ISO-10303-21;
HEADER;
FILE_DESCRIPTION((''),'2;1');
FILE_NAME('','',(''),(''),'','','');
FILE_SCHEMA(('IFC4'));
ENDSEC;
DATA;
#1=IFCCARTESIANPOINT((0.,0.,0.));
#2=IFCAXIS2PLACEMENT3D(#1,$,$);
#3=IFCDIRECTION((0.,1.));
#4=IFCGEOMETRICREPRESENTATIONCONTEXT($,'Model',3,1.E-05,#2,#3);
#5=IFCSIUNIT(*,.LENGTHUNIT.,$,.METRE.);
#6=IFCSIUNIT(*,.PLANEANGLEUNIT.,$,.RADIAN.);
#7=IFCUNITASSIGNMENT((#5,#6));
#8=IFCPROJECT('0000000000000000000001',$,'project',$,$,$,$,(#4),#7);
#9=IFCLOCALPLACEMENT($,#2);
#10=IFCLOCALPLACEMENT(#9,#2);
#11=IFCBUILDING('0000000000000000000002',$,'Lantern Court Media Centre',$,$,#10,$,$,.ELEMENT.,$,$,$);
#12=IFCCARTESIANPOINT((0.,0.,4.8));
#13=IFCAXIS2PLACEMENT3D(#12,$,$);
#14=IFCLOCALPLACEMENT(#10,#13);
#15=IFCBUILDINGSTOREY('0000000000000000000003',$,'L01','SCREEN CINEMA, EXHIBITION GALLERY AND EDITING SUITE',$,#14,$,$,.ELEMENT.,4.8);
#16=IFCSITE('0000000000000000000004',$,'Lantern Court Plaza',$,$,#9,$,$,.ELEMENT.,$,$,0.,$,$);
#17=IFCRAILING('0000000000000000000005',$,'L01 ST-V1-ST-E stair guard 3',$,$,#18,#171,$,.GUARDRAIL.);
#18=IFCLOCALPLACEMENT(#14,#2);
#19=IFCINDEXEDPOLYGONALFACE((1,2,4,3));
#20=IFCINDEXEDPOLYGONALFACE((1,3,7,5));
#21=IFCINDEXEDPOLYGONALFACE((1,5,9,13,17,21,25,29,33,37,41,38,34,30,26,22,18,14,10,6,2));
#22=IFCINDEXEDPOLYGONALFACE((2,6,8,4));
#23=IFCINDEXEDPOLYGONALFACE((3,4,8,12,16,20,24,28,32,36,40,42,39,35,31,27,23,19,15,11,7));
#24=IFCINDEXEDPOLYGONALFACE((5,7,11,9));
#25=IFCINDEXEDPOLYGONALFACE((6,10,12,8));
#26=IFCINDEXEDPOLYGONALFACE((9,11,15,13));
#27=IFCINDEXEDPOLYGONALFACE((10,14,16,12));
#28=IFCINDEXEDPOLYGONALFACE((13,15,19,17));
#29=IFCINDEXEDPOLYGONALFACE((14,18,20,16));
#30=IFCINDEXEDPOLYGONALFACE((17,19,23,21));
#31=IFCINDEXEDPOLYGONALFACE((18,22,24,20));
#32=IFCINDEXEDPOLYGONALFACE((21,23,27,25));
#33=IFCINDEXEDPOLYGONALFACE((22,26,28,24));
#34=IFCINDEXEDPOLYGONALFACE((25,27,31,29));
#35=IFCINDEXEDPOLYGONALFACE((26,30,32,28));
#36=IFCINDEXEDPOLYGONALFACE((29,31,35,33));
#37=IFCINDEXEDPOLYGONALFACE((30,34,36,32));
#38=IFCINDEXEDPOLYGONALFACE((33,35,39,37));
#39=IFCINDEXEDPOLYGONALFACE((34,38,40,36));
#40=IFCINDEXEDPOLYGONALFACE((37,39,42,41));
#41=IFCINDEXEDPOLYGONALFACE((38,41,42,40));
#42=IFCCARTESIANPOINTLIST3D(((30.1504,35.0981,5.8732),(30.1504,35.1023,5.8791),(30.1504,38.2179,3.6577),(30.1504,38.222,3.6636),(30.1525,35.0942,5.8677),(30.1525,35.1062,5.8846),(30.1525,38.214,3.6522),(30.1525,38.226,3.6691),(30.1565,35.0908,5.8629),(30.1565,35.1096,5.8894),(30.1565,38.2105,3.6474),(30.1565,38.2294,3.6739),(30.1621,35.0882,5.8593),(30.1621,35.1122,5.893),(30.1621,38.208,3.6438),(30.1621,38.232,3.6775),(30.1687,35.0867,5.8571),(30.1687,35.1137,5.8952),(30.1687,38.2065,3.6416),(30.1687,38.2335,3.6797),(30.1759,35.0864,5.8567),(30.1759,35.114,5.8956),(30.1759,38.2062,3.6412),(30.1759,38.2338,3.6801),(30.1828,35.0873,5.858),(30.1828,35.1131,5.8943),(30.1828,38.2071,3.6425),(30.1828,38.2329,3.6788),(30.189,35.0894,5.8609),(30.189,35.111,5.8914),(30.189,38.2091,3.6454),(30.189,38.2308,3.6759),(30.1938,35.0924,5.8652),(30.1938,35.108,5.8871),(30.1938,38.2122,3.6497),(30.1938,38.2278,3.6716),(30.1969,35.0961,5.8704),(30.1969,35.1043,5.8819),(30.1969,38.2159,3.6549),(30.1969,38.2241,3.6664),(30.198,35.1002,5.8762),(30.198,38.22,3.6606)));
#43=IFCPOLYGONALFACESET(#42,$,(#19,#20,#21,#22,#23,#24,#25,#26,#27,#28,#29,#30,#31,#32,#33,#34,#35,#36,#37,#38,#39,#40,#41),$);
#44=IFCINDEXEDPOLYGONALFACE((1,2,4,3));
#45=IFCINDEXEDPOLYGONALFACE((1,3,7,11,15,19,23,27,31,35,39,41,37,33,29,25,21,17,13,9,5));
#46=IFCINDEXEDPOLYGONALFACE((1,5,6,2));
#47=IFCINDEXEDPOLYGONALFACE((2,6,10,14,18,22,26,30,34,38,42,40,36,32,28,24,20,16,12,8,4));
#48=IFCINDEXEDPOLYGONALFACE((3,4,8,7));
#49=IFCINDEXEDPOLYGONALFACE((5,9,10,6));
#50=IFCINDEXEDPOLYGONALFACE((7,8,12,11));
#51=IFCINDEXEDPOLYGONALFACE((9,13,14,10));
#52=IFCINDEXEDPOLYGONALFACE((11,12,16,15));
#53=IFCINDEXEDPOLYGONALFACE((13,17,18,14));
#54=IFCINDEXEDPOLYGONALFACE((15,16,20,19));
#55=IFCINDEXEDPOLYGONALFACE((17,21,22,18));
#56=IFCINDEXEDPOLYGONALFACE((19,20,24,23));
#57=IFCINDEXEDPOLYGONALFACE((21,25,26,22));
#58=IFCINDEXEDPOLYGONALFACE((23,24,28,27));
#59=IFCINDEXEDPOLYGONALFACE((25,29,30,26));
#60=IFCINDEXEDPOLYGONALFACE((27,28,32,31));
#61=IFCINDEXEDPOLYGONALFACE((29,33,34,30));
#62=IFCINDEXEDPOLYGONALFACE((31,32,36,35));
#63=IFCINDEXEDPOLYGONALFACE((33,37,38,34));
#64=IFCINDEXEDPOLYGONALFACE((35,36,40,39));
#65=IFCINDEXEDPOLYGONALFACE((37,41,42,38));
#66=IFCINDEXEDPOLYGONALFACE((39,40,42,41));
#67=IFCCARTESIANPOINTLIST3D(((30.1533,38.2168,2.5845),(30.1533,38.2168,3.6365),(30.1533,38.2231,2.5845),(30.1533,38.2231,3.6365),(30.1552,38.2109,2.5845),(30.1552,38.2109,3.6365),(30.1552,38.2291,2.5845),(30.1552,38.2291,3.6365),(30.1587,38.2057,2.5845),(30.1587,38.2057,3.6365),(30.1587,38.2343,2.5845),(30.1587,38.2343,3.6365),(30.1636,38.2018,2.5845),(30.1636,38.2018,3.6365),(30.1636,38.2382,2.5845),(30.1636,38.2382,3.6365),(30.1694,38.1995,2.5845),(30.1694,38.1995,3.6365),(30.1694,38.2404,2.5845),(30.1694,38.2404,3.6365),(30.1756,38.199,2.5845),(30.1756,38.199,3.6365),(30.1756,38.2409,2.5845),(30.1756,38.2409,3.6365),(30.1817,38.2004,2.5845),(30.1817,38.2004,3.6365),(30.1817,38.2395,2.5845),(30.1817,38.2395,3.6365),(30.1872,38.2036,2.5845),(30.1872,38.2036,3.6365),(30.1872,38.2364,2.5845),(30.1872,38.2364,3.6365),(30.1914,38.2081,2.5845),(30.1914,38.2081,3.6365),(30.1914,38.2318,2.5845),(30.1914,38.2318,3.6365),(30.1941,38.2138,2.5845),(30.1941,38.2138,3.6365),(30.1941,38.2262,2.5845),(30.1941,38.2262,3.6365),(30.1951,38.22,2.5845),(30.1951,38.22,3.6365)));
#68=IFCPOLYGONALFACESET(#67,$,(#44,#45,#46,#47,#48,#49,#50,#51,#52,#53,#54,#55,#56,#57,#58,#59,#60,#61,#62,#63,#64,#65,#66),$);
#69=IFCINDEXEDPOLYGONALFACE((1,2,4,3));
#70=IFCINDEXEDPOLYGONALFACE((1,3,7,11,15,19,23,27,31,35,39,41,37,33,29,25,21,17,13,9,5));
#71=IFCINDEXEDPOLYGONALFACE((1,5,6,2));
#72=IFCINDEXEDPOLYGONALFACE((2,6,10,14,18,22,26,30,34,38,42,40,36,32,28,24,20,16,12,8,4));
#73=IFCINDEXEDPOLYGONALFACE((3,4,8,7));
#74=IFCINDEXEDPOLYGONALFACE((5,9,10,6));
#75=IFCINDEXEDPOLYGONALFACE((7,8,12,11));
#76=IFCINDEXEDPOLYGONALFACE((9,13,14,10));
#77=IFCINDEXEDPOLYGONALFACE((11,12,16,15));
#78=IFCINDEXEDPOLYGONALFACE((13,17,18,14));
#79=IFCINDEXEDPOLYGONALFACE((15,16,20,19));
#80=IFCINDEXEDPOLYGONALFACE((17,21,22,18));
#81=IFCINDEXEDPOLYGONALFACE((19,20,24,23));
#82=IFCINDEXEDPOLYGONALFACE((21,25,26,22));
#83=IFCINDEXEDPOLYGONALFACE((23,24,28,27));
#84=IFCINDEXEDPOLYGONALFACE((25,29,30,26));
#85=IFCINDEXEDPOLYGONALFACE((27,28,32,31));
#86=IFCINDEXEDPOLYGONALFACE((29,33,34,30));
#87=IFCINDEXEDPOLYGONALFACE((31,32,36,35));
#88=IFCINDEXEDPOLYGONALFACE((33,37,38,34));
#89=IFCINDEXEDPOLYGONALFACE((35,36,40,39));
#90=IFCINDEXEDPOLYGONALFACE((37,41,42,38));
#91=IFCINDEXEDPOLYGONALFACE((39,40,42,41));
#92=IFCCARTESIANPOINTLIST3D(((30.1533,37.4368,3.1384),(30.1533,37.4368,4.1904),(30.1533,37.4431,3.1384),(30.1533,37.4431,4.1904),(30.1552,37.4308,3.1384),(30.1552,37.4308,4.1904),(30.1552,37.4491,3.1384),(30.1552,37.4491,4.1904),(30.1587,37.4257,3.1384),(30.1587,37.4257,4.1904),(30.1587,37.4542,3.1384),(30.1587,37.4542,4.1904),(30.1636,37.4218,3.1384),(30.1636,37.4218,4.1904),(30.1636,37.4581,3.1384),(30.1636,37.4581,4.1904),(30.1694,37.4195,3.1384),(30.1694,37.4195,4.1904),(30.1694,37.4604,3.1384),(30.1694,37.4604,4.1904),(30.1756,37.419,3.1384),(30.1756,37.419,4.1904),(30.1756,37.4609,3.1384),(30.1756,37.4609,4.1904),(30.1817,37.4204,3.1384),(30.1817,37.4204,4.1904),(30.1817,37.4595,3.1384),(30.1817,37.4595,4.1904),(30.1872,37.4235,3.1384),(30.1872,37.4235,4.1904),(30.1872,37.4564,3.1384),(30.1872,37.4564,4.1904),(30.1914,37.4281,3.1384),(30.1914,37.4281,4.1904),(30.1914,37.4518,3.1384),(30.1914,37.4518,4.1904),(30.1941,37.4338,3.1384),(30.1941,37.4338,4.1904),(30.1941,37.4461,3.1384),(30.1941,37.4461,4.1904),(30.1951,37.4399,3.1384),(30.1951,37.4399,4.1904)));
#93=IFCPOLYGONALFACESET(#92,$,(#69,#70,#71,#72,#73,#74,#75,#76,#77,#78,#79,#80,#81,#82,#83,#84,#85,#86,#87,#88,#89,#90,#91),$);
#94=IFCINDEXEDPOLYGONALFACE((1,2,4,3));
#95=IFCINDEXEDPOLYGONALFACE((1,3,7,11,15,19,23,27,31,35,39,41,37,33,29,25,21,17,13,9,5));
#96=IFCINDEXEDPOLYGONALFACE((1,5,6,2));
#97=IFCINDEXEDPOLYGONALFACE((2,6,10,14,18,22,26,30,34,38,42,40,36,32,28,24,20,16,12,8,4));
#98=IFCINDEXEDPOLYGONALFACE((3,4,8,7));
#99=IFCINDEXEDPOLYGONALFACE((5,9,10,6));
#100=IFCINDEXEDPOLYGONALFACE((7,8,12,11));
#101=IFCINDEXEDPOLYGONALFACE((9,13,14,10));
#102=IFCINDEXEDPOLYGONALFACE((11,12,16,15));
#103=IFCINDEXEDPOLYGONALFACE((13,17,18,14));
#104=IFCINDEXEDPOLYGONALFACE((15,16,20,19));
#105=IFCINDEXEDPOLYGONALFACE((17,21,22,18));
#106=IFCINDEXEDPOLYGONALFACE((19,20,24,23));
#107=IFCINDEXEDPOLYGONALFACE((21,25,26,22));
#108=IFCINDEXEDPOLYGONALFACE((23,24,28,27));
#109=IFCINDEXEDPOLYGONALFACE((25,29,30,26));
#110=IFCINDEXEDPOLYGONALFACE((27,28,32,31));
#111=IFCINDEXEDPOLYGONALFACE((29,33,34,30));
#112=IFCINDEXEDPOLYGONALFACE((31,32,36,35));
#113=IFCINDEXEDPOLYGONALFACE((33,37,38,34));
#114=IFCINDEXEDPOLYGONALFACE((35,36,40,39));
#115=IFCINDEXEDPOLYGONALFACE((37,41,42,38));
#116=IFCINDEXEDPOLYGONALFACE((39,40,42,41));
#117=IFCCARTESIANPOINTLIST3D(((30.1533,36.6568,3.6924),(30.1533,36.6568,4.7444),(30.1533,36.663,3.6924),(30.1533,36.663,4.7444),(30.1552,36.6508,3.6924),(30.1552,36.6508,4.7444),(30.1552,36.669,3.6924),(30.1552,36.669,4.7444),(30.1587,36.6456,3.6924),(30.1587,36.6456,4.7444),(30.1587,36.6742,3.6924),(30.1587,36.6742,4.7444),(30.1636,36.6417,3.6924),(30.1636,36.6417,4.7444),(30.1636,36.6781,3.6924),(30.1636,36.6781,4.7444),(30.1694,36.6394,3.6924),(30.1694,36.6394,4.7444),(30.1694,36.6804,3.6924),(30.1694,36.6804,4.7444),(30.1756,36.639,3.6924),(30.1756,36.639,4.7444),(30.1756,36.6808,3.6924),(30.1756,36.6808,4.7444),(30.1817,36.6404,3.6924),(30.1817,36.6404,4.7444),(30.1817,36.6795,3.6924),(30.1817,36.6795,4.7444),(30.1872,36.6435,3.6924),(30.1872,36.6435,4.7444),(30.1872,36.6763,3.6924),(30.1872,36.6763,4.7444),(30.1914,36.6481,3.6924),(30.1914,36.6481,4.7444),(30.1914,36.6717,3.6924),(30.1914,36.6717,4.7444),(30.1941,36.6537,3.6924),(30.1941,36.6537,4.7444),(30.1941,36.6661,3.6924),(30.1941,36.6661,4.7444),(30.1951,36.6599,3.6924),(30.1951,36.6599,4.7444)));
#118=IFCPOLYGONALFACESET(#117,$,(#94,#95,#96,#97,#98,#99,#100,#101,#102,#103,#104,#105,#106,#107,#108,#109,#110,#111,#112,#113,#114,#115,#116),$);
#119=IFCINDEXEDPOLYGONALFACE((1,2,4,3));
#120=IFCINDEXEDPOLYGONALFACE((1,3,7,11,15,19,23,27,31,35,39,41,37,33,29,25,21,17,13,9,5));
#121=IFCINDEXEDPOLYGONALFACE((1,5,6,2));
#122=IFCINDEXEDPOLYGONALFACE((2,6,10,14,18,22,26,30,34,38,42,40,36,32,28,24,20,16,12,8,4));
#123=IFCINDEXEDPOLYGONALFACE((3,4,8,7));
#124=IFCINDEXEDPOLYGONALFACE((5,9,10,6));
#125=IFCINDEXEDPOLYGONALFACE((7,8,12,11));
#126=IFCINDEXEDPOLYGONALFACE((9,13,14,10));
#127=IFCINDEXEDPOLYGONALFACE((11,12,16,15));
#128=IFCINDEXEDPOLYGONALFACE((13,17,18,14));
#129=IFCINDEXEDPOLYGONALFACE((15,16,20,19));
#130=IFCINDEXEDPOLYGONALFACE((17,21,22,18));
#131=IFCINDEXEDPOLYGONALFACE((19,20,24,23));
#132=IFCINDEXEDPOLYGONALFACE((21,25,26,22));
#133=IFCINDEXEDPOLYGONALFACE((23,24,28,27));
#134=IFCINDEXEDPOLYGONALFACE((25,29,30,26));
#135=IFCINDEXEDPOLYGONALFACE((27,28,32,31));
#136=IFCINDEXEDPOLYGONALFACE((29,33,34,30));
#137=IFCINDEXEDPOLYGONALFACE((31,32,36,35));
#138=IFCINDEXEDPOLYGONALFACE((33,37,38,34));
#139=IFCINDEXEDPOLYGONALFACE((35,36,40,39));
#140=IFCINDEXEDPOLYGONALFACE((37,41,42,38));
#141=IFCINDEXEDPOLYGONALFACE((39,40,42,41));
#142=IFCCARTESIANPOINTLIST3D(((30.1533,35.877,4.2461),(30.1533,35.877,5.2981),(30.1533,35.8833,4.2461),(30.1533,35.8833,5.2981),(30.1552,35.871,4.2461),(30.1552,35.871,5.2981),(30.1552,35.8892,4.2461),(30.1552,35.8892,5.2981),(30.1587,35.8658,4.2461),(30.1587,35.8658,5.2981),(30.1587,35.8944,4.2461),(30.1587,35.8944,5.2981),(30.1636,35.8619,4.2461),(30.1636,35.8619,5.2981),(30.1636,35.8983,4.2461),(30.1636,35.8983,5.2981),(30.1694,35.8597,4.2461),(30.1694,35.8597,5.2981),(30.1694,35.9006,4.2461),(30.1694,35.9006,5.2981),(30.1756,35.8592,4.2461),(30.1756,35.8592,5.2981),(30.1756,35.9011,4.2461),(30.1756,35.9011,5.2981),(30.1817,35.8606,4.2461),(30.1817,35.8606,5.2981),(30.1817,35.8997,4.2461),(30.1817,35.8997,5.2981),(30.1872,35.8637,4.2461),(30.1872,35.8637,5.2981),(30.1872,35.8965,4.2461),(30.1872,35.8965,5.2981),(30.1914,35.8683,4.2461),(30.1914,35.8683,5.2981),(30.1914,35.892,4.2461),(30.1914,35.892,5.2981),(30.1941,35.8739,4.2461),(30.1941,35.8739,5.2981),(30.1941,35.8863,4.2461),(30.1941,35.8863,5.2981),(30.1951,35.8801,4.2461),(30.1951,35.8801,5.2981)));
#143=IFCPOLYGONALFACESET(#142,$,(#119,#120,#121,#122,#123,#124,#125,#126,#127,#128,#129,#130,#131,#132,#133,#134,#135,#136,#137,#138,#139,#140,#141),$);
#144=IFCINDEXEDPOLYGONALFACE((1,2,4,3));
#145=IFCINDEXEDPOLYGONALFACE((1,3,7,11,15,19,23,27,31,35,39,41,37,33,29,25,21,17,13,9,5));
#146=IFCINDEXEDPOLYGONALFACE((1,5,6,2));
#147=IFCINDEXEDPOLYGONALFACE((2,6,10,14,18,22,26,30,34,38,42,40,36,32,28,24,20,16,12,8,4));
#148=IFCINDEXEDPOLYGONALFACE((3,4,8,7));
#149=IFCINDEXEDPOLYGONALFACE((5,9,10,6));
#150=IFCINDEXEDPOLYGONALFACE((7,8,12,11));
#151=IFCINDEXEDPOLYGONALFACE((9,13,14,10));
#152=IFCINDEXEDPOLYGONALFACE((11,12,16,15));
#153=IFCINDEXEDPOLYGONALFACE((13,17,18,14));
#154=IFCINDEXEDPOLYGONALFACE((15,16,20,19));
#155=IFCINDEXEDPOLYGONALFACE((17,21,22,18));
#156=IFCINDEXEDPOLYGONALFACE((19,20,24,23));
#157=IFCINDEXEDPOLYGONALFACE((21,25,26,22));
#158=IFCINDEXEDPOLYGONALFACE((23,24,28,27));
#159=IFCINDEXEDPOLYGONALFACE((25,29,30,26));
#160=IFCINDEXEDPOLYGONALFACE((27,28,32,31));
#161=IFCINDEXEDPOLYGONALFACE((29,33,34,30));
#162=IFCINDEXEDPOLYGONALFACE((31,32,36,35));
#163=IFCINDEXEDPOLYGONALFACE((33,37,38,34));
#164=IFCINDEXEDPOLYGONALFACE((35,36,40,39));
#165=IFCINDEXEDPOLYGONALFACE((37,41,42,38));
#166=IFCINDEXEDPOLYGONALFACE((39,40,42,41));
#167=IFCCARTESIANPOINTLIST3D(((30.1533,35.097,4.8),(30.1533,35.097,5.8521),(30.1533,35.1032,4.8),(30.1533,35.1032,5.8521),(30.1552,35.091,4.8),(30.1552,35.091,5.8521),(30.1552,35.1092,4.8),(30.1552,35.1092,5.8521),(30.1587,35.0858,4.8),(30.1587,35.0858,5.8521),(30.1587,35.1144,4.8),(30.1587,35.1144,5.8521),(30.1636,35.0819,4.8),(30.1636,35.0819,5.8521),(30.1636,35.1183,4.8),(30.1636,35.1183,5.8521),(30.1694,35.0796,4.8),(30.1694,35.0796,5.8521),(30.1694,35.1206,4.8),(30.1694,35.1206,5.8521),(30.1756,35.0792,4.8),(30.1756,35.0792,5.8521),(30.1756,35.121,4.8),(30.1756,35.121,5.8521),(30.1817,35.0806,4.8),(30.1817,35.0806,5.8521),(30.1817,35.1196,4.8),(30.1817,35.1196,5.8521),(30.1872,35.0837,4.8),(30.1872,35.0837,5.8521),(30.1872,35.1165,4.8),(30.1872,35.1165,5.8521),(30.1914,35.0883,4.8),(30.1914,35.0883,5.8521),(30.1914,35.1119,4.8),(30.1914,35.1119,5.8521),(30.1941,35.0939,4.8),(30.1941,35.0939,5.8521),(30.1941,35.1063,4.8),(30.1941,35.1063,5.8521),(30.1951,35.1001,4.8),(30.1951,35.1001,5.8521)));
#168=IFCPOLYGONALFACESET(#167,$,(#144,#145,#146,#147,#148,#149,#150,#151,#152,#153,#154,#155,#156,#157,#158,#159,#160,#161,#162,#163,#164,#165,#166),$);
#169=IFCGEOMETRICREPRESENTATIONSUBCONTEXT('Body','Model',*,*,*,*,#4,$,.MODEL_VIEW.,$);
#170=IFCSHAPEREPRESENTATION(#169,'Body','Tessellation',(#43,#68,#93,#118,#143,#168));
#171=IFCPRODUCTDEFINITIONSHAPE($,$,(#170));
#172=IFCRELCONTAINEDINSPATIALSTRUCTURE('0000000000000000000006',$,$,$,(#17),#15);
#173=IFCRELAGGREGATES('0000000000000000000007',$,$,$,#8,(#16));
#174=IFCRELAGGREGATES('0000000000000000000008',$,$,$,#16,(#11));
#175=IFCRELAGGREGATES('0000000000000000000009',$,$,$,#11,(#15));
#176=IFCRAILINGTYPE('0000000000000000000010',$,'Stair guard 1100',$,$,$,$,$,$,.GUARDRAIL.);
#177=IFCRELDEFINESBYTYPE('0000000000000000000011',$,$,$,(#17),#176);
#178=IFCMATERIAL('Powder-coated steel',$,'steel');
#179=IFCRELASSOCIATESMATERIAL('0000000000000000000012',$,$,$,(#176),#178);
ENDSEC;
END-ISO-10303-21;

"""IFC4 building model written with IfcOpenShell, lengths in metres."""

from ifc_helpers import new_model, si_unit, direction, frame, origin, origin_2d, place, context, subcontext, project, spatial, circle, extrude, material, type_object, element, save


model = new_model("IFC4")

# Units and contexts
model_context = context("Model", 3, precision=1e-05, world=origin(), true_north=direction((0.0, 1.0)))
body_context = subcontext(model_context, "Body", "Model", "MODEL_VIEW")
ifc_project = project(units=[si_unit("LENGTHUNIT", "METRE"), si_unit("PLANEANGLEUNIT", "RADIAN")], contexts=[model_context])

# Site, building, storey
site_placement = place(None, origin())
site = spatial("IfcSite", under=ifc_project, at=site_placement, Name="Lantern Court Plaza", CompositionType="ELEMENT", RefElevation=0.0)
building_placement = place(site_placement, origin())
building = spatial("IfcBuilding", under=site, at=building_placement, Name="Lantern Court Media Centre", CompositionType="ELEMENT")
storey_placement = place(building_placement, frame((0.0, 0.0, 4.8)))
storey = spatial("IfcBuildingStorey", under=building, at=storey_placement, Name="L01", Description="SCREEN CINEMA, EXHIBITION GALLERY AND EDITING SUITE", CompositionType="ELEMENT", Elevation=4.8)

# Railing
ifc_material_1 = material(Name="Powder-coated steel", Category="steel")
railing_type_1 = type_object("IfcRailingType", Name="Stair guard 1100", PredefinedType="GUARDRAIL", material=ifc_material_1)
railing_1_placement = place(storey_placement, frame((30.1741, 38.22, 2.5845)))
element("IfcRailing", 1, at=railing_1_placement, inside=storey, type_object=railing_type_1, Name="L01 ST-V1-ST-E stair guard 3", PredefinedType="GUARDRAIL", context=body_context, shape_type="SweptSolid", body=[
    extrude(circle(Radius=0.0239, at=origin_2d()), frame((0.0, 0.0, 1.0762), z_axis=(0.0, -0.815325, 0.579003), x_axis=(1.0, 0.0, 0.0)), (0.0, 0.0, 1.0), 3.8264),
    extrude(circle(Radius=0.021, at=origin_2d()), origin(), (0.0, 0.0, 1.0), 1.052),
    extrude(circle(Radius=0.021, at=origin_2d()), frame((0.0, -0.78, 0.554)), (0.0, 0.0, 1.0), 1.052),
    extrude(circle(Radius=0.021, at=origin_2d()), frame((0.0, -1.5601, 1.1079)), (0.0, 0.0, 1.0), 1.052),
    extrude(circle(Radius=0.021, at=origin_2d()), frame((0.0, -2.3398, 1.6616)), (0.0, 0.0, 1.0), 1.052),
    extrude(circle(Radius=0.021, at=origin_2d()), frame((0.0, -3.1199, 2.2156)), (0.0, 0.0, 1.0), 1.052),
])

save(model, "model.ifc")
